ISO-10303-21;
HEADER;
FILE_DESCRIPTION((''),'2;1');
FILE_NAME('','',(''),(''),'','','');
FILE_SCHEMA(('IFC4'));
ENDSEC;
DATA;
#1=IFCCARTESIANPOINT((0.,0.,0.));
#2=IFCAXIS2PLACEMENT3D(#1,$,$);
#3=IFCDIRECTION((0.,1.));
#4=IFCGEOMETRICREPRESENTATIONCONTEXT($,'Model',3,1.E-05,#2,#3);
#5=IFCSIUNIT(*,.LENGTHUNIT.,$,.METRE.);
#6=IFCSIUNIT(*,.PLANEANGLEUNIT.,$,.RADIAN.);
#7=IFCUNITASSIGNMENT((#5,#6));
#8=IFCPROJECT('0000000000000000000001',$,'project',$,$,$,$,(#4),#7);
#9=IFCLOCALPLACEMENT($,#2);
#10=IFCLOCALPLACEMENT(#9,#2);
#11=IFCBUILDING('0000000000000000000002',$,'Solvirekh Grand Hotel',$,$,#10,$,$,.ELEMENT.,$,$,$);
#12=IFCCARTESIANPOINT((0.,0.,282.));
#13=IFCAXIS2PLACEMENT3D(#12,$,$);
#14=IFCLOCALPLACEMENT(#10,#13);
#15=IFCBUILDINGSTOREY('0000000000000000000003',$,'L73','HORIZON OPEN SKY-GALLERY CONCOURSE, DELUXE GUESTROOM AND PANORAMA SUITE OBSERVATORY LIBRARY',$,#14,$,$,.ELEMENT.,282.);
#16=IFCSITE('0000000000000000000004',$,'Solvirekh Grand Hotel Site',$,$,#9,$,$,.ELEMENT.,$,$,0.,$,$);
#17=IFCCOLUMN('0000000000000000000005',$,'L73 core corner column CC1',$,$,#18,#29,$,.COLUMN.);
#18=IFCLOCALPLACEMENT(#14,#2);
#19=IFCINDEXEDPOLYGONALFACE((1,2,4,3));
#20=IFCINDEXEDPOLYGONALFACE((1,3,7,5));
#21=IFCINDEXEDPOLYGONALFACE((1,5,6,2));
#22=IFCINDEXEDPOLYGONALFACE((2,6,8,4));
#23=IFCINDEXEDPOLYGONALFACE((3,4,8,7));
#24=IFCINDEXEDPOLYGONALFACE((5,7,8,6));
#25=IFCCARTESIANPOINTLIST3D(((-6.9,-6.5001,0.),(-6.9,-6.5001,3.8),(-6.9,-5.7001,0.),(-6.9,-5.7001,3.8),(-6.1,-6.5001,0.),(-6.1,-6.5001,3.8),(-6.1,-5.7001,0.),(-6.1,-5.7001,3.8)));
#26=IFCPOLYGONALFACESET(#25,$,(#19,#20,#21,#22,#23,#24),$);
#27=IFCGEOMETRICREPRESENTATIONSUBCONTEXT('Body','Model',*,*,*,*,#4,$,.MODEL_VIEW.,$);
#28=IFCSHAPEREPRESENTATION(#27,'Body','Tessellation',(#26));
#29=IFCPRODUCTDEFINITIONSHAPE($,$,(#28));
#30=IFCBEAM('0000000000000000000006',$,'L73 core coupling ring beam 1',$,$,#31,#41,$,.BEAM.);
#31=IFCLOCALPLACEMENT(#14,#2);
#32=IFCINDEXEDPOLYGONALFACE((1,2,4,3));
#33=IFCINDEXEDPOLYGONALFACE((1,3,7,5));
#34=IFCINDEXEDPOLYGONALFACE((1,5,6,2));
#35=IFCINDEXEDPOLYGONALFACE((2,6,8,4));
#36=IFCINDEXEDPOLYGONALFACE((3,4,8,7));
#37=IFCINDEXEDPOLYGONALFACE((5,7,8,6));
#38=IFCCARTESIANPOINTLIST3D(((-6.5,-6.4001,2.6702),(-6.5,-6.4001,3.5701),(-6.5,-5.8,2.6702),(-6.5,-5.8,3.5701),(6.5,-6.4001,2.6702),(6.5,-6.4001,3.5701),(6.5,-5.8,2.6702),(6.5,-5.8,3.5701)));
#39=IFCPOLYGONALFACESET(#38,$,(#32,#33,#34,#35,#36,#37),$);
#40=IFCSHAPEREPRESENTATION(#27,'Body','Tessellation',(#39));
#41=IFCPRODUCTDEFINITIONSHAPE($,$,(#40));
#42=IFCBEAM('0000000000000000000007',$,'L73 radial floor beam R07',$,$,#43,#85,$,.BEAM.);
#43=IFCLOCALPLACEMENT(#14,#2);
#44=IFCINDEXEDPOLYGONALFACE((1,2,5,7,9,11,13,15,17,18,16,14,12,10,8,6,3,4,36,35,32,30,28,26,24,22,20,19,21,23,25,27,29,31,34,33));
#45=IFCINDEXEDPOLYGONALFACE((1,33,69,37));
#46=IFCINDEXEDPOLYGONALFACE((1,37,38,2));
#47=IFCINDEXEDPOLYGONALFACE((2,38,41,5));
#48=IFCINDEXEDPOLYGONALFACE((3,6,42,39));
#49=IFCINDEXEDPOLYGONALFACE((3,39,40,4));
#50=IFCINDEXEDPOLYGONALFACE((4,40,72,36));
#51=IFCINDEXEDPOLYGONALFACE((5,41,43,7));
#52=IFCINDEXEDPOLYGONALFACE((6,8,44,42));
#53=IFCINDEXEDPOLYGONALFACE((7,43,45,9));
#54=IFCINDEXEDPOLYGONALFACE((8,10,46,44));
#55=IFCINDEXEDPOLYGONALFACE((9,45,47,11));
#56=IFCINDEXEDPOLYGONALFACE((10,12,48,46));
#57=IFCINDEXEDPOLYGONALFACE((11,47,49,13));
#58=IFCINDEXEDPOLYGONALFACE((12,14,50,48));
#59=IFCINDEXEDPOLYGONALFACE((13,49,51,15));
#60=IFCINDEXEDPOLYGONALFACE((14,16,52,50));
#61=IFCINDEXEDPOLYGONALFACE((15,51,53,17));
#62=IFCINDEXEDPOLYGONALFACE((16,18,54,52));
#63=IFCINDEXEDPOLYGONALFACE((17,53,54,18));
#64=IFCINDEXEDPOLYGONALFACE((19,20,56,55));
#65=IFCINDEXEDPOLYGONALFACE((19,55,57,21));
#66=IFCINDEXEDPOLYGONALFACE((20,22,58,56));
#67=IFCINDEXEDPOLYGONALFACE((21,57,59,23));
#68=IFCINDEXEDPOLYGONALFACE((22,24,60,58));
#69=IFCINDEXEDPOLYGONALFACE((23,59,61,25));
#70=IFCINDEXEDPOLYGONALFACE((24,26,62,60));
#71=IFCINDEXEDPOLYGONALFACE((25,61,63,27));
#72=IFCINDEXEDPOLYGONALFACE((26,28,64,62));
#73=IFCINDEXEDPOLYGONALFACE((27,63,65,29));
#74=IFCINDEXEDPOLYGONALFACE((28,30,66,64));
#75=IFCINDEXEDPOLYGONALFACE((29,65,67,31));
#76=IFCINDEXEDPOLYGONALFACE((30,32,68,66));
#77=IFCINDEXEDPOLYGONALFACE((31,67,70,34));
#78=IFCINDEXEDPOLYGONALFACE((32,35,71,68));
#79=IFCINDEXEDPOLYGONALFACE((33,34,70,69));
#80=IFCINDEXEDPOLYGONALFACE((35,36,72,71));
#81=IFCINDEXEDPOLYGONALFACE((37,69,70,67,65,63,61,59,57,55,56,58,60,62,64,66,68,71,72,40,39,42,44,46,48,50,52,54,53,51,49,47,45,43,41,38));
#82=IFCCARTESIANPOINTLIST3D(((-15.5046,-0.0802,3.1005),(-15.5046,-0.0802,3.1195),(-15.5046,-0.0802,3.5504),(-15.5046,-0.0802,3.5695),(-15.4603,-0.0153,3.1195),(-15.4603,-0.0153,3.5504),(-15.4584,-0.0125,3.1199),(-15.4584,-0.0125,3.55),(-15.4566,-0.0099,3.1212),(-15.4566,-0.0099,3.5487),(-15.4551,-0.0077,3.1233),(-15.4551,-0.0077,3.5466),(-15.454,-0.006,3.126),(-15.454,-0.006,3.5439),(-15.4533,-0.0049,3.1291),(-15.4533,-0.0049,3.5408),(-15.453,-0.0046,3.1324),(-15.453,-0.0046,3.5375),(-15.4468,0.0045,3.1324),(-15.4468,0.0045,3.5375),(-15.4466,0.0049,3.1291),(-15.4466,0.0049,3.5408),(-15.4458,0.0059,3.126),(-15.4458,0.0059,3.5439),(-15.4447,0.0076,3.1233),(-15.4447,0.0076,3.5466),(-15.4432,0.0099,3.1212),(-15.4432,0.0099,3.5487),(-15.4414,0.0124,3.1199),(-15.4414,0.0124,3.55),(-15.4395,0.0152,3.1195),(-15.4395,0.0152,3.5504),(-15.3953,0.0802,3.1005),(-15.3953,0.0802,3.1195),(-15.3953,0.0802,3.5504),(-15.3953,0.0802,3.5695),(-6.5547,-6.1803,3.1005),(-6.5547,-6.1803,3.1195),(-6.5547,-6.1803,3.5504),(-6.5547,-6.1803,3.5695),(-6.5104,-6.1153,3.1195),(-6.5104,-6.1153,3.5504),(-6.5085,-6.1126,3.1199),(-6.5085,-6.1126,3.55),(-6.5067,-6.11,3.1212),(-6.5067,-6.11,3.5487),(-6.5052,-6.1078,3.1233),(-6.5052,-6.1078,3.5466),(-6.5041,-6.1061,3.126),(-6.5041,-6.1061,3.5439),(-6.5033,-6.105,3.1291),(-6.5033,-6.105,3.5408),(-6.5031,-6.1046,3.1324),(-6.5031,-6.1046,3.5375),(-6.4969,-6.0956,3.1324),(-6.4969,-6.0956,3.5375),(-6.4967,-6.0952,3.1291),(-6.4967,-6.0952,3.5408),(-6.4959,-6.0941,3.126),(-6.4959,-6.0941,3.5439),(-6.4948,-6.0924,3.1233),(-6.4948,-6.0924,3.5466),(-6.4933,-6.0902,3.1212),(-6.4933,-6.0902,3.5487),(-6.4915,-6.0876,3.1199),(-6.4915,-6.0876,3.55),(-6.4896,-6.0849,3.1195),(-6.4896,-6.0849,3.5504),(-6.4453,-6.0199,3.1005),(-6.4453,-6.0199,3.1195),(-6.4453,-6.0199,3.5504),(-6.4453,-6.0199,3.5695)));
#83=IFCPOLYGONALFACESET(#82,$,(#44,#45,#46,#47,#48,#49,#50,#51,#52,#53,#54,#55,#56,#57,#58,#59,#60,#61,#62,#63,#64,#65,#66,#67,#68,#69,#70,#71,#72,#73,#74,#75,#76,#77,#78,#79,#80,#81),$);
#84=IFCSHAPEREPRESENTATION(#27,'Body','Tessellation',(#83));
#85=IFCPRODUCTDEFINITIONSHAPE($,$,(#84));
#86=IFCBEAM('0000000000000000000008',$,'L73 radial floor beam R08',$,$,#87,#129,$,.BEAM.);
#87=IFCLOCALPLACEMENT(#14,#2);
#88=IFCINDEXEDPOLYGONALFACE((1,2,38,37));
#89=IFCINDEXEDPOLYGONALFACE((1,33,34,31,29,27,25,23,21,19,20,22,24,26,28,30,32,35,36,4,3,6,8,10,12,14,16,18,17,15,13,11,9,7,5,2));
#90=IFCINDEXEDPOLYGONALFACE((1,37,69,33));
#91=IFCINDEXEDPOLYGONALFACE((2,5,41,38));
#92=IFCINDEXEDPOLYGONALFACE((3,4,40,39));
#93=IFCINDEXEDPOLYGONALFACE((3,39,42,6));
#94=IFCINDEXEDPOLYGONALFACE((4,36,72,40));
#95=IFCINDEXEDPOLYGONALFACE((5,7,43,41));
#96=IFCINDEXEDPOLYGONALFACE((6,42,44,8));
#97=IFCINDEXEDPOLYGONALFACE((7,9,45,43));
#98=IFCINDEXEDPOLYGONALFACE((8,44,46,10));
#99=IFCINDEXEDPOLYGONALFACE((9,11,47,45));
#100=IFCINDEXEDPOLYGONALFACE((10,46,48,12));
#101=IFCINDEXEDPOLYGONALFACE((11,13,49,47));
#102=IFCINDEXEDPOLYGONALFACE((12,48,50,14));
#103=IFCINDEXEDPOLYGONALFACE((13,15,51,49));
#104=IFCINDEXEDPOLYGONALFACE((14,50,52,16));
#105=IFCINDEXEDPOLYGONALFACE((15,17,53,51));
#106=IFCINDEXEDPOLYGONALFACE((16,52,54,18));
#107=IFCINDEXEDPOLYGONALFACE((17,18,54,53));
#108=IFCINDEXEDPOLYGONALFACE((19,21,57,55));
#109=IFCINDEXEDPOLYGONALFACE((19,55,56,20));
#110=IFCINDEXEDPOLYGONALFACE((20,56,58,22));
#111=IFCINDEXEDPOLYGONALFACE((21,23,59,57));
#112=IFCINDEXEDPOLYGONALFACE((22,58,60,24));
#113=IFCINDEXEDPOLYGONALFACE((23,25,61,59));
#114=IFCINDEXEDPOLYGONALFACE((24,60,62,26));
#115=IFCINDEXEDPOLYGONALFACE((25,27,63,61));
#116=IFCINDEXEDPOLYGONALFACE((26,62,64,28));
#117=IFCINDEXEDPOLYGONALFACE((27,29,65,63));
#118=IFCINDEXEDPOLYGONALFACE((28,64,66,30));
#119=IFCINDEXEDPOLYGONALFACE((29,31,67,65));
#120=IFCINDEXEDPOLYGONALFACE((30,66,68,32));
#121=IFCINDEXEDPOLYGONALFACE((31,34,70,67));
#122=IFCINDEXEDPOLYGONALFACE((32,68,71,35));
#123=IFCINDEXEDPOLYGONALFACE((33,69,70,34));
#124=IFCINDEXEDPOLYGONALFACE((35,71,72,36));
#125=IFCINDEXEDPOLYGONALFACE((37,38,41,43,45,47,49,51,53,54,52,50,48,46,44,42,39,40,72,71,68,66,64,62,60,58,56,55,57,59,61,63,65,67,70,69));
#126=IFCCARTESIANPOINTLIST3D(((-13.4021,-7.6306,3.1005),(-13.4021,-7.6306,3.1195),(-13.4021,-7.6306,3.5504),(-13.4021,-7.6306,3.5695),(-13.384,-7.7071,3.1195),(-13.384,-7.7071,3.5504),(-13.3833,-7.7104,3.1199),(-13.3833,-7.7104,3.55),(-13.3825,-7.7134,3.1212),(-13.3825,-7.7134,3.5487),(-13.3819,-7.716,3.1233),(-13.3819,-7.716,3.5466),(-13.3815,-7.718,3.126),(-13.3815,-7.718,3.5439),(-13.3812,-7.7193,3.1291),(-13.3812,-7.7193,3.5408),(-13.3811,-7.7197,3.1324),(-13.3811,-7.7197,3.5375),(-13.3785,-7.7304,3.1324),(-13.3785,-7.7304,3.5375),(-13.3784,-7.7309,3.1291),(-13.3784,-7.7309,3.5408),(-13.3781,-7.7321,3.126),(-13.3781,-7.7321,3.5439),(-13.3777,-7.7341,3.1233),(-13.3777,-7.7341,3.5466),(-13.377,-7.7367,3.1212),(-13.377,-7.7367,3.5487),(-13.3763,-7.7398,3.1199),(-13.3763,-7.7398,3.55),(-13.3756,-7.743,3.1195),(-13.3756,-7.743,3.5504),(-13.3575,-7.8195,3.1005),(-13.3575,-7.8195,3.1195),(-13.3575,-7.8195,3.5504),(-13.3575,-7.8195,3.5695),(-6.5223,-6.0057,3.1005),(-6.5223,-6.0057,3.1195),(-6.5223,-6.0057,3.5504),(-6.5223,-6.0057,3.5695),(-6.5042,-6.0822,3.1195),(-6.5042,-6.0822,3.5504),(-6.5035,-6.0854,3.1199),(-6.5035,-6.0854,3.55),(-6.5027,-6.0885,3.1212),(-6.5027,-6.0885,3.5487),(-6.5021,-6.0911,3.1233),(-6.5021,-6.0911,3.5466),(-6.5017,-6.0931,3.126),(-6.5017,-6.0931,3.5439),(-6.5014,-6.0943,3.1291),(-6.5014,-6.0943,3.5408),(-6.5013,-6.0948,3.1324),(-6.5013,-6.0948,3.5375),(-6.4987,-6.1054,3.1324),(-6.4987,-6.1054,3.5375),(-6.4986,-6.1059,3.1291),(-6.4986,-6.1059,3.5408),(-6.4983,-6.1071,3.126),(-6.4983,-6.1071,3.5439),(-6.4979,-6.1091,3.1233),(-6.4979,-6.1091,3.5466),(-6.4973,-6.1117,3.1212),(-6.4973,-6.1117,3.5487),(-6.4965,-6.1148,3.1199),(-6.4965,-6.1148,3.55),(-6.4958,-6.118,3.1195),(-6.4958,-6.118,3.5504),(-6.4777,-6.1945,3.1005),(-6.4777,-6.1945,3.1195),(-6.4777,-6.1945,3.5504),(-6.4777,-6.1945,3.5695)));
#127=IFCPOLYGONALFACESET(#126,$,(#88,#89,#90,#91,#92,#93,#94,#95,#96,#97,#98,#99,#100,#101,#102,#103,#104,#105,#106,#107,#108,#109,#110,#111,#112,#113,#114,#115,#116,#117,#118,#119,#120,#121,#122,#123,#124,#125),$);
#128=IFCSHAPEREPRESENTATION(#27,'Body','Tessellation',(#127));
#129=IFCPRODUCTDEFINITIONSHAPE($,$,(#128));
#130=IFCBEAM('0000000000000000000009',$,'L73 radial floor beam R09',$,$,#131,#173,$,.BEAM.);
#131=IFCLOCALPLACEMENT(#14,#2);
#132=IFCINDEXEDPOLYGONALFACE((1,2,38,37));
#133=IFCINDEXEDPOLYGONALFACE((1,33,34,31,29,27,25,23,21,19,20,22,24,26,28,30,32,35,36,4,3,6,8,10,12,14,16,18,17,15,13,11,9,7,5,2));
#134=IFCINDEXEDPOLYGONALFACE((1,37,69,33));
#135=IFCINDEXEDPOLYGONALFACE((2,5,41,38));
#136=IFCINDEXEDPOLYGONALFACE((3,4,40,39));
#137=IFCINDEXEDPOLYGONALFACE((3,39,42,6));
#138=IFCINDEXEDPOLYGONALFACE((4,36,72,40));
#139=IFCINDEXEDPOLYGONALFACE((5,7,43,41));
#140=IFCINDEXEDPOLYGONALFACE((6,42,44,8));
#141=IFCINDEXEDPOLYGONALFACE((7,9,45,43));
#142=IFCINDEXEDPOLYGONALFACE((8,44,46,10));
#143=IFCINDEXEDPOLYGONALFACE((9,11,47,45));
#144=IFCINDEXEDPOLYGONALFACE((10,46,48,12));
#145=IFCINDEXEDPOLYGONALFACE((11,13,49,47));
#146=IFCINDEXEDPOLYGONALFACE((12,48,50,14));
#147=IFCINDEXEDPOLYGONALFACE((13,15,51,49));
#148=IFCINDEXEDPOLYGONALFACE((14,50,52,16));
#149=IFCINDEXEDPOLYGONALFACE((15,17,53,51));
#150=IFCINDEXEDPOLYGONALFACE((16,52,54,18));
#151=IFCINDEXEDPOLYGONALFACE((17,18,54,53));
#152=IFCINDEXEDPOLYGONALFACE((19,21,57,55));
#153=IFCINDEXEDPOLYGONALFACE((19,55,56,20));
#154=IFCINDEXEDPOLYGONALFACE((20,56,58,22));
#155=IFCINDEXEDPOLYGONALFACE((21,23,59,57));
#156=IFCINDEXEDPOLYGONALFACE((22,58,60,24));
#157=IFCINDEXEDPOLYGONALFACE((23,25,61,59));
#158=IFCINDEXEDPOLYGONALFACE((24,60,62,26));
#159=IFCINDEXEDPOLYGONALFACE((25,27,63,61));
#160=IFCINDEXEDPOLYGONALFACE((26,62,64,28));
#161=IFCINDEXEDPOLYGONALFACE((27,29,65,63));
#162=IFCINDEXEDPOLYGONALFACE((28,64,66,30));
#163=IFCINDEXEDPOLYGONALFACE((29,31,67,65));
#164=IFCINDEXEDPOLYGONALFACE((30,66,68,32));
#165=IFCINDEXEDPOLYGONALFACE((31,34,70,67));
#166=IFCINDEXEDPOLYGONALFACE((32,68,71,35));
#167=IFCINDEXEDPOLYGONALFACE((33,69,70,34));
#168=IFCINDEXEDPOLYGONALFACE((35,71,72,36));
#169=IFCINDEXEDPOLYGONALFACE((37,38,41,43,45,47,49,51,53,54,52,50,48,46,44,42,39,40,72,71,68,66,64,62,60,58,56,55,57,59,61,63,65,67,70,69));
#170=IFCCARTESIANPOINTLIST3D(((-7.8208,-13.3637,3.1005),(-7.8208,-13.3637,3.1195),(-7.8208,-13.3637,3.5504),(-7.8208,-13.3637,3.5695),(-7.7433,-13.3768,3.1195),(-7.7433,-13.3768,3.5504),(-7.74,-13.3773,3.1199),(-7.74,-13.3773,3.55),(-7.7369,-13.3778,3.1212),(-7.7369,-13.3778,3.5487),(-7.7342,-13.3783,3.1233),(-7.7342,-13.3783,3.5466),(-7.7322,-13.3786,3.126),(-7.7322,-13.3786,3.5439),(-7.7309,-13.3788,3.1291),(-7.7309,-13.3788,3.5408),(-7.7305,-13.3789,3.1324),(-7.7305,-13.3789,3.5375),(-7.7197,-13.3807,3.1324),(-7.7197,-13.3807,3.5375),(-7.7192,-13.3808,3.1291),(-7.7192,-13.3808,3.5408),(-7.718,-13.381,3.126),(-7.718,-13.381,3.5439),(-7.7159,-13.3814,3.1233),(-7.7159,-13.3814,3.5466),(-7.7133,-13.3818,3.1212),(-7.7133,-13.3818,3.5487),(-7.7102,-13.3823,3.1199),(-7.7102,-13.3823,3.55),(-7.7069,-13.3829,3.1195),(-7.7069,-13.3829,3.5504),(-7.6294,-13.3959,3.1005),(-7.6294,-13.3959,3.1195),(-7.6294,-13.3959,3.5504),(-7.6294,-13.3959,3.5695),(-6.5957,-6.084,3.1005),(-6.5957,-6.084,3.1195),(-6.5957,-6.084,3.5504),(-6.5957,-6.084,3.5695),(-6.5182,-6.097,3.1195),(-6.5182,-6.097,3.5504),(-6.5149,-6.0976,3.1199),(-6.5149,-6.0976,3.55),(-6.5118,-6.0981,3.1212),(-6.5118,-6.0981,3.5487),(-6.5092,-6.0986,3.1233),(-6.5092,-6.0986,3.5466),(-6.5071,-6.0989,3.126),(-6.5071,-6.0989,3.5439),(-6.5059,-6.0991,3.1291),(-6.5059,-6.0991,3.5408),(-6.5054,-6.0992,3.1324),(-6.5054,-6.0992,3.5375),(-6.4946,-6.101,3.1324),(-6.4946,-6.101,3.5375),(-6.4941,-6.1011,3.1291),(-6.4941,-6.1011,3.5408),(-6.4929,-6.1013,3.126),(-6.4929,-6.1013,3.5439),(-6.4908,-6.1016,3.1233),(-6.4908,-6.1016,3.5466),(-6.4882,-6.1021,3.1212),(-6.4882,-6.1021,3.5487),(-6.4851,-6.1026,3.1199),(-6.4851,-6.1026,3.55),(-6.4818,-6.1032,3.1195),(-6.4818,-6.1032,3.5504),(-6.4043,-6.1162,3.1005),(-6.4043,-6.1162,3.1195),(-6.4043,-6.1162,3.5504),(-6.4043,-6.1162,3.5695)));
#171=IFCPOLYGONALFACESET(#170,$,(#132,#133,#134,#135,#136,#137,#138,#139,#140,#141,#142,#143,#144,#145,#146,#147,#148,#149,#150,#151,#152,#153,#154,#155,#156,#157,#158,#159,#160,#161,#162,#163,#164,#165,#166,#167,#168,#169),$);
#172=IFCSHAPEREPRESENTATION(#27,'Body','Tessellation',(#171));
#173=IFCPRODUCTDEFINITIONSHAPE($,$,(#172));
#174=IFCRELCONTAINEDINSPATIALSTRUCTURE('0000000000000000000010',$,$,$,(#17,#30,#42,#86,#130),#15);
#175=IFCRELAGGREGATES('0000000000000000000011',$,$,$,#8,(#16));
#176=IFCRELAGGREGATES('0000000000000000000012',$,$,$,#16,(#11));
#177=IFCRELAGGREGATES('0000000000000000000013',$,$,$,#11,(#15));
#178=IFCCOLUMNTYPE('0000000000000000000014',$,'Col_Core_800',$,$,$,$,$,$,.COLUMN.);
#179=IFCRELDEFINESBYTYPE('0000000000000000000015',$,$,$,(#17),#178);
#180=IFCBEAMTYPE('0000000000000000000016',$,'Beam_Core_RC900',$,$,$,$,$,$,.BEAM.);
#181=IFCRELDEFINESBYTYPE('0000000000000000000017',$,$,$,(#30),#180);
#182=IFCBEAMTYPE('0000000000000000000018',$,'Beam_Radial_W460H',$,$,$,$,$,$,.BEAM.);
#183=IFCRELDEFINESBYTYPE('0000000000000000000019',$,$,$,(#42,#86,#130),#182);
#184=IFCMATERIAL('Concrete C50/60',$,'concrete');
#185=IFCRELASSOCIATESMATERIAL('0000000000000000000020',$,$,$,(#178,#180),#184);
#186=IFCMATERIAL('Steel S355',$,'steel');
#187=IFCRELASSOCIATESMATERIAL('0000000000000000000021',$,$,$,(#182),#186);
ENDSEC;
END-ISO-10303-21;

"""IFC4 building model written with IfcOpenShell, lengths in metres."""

from ifc_helpers import new_model, si_unit, direction, frame, origin, origin_2d, place, context, subcontext, project, spatial, rectangle, i_section, extrude, material, material_profile, profile_set, type_object, element, save


model = new_model("IFC4")

# Units and contexts
model_context = context("Model", 3, precision=1e-05, world=origin(), true_north=direction((0.0, 1.0)))
body_context = subcontext(model_context, "Body", "Model", "MODEL_VIEW")
ifc_project = project(units=[si_unit("LENGTHUNIT", "METRE"), si_unit("PLANEANGLEUNIT", "RADIAN")], contexts=[model_context])

# Site, building, storey
site_placement = place(None, origin())
site = spatial("IfcSite", under=ifc_project, at=site_placement, Name="Solvirekh Grand Hotel Site", CompositionType="ELEMENT", RefElevation=0.0)
building_placement = place(site_placement, origin())
building = spatial("IfcBuilding", under=site, at=building_placement, Name="Solvirekh Grand Hotel", CompositionType="ELEMENT")
storey_placement = place(building_placement, frame((0.0, 0.0, 282.0)))
storey = spatial("IfcBuildingStorey", under=building, at=storey_placement, Name="L73", Description="HORIZON OPEN SKY-GALLERY CONCOURSE, DELUXE GUESTROOM AND PANORAMA SUITE OBSERVATORY LIBRARY", CompositionType="ELEMENT", Elevation=282.0)

# Column
ifc_material_1 = material(Name="Concrete C50/60", Category="concrete")
ifc_material_profile_1 = material_profile(ifc_material_1, rectangle(XDim=0.8, YDim=0.8, at=origin_2d()), Name="RC 800X800")
ifc_profile_set_1 = profile_set([ifc_material_profile_1], Name="Concrete C50/60")
column_type = type_object("IfcColumnType", Name="Col_Core_800", PredefinedType="COLUMN", material=ifc_profile_set_1)
column_placement = place(storey_placement, frame((-6.5, -6.1001, 0.0), z_axis=(0.0, 0.0, 1.0), x_axis=(1.0, 0.0, 0.0)))
element("IfcColumn", 1, at=column_placement, inside=storey, type_object=column_type, Name="L73 core corner column CC1", PredefinedType="COLUMN", context=body_context, shape_type="SweptSolid", body=[
    extrude(rectangle(XDim=0.8, YDim=0.8, at=origin_2d()), origin(), (0.0, 0.0, 1.0), 3.8),
])

# Beams
ifc_material_profile_2 = material_profile(ifc_material_1, rectangle(XDim=0.6001, YDim=0.8999, at=origin_2d()), Name="RC BEAM 600X900")
ifc_profile_set_2 = profile_set([ifc_material_profile_2], Name="Concrete C50/60")
beam_type_1 = type_object("IfcBeamType", Name="Beam_Core_RC900", PredefinedType="BEAM", material=ifc_profile_set_2)
beam_1_placement = place(storey_placement, frame((-6.5, -6.1001, 3.1201), z_axis=(1.0, 0.0, 0.0), x_axis=(0.0, 1.0, 0.0)))
element("IfcBeam", 2, at=beam_1_placement, inside=storey, type_object=beam_type_1, Name="L73 core coupling ring beam 1", PredefinedType="BEAM", context=body_context, shape_type="SweptSolid", body=[
    extrude(rectangle(XDim=0.6001, YDim=0.8999, at=origin_2d()), origin(), (0.0, 0.0, 1.0), 13.0),
])
ifc_material_2 = material(Name="Steel S355", Category="steel")
ifc_material_profile_3 = material_profile(ifc_material_2, i_section(OverallWidth=0.1941, OverallDepth=0.469, WebThickness=0.011, FlangeThickness=0.019, FilletRadius=0.0129, at=origin_2d()), Name="W460X106")
ifc_profile_set_3 = profile_set([ifc_material_profile_3], Name="Steel S355")
beam_type_2 = type_object("IfcBeamType", Name="Beam_Radial_W460H", PredefinedType="BEAM", material=ifc_profile_set_3)
beam_2_placement = place(storey_placement, frame((-6.5, -6.1001, 3.335), z_axis=(-0.826319, 0.563202, 0.0), x_axis=(-0.563202, -0.826319, 0.0)))
element("IfcBeam", 3, at=beam_2_placement, inside=storey, type_object=beam_type_2, Name="L73 radial floor beam R07", PredefinedType="BEAM", context=body_context, shape_type="SweptSolid", body=[
    extrude(i_section(OverallWidth=0.1941, OverallDepth=0.469, WebThickness=0.011, FlangeThickness=0.019, FilletRadius=0.0129, at=origin_2d()), origin(), (0.0, 0.0, 1.0), 10.8311),
])
beam_3_placement = place(storey_placement, frame((-6.5, -6.1001, 3.335), z_axis=(-0.973221, -0.229871, 0.0), x_axis=(0.229871, -0.973221, 0.0)))
element("IfcBeam", 4, at=beam_3_placement, inside=storey, type_object=beam_type_2, Name="L73 radial floor beam R08", PredefinedType="BEAM", context=body_context, shape_type="SweptSolid", body=[
    extrude(i_section(OverallWidth=0.1941, OverallDepth=0.469, WebThickness=0.011, FlangeThickness=0.019, FilletRadius=0.0129, at=origin_2d()), origin(), (0.0, 0.0, 1.0), 7.0691),
])
beam_4_placement = place(storey_placement, frame((-6.5, -6.1001, 3.335), z_axis=(-0.165954, -0.986133, 0.0), x_axis=(0.986133, -0.165954, 0.0)))
element("IfcBeam", 5, at=beam_4_placement, inside=storey, type_object=beam_type_2, Name="L73 radial floor beam R09", PredefinedType="BEAM", context=body_context, shape_type="SweptSolid", body=[
    extrude(i_section(OverallWidth=0.1941, OverallDepth=0.469, WebThickness=0.011, FlangeThickness=0.019, FilletRadius=0.0129, at=origin_2d()), origin(), (0.0, 0.0, 1.0), 7.3821),
])

save(model, "model.ifc")
